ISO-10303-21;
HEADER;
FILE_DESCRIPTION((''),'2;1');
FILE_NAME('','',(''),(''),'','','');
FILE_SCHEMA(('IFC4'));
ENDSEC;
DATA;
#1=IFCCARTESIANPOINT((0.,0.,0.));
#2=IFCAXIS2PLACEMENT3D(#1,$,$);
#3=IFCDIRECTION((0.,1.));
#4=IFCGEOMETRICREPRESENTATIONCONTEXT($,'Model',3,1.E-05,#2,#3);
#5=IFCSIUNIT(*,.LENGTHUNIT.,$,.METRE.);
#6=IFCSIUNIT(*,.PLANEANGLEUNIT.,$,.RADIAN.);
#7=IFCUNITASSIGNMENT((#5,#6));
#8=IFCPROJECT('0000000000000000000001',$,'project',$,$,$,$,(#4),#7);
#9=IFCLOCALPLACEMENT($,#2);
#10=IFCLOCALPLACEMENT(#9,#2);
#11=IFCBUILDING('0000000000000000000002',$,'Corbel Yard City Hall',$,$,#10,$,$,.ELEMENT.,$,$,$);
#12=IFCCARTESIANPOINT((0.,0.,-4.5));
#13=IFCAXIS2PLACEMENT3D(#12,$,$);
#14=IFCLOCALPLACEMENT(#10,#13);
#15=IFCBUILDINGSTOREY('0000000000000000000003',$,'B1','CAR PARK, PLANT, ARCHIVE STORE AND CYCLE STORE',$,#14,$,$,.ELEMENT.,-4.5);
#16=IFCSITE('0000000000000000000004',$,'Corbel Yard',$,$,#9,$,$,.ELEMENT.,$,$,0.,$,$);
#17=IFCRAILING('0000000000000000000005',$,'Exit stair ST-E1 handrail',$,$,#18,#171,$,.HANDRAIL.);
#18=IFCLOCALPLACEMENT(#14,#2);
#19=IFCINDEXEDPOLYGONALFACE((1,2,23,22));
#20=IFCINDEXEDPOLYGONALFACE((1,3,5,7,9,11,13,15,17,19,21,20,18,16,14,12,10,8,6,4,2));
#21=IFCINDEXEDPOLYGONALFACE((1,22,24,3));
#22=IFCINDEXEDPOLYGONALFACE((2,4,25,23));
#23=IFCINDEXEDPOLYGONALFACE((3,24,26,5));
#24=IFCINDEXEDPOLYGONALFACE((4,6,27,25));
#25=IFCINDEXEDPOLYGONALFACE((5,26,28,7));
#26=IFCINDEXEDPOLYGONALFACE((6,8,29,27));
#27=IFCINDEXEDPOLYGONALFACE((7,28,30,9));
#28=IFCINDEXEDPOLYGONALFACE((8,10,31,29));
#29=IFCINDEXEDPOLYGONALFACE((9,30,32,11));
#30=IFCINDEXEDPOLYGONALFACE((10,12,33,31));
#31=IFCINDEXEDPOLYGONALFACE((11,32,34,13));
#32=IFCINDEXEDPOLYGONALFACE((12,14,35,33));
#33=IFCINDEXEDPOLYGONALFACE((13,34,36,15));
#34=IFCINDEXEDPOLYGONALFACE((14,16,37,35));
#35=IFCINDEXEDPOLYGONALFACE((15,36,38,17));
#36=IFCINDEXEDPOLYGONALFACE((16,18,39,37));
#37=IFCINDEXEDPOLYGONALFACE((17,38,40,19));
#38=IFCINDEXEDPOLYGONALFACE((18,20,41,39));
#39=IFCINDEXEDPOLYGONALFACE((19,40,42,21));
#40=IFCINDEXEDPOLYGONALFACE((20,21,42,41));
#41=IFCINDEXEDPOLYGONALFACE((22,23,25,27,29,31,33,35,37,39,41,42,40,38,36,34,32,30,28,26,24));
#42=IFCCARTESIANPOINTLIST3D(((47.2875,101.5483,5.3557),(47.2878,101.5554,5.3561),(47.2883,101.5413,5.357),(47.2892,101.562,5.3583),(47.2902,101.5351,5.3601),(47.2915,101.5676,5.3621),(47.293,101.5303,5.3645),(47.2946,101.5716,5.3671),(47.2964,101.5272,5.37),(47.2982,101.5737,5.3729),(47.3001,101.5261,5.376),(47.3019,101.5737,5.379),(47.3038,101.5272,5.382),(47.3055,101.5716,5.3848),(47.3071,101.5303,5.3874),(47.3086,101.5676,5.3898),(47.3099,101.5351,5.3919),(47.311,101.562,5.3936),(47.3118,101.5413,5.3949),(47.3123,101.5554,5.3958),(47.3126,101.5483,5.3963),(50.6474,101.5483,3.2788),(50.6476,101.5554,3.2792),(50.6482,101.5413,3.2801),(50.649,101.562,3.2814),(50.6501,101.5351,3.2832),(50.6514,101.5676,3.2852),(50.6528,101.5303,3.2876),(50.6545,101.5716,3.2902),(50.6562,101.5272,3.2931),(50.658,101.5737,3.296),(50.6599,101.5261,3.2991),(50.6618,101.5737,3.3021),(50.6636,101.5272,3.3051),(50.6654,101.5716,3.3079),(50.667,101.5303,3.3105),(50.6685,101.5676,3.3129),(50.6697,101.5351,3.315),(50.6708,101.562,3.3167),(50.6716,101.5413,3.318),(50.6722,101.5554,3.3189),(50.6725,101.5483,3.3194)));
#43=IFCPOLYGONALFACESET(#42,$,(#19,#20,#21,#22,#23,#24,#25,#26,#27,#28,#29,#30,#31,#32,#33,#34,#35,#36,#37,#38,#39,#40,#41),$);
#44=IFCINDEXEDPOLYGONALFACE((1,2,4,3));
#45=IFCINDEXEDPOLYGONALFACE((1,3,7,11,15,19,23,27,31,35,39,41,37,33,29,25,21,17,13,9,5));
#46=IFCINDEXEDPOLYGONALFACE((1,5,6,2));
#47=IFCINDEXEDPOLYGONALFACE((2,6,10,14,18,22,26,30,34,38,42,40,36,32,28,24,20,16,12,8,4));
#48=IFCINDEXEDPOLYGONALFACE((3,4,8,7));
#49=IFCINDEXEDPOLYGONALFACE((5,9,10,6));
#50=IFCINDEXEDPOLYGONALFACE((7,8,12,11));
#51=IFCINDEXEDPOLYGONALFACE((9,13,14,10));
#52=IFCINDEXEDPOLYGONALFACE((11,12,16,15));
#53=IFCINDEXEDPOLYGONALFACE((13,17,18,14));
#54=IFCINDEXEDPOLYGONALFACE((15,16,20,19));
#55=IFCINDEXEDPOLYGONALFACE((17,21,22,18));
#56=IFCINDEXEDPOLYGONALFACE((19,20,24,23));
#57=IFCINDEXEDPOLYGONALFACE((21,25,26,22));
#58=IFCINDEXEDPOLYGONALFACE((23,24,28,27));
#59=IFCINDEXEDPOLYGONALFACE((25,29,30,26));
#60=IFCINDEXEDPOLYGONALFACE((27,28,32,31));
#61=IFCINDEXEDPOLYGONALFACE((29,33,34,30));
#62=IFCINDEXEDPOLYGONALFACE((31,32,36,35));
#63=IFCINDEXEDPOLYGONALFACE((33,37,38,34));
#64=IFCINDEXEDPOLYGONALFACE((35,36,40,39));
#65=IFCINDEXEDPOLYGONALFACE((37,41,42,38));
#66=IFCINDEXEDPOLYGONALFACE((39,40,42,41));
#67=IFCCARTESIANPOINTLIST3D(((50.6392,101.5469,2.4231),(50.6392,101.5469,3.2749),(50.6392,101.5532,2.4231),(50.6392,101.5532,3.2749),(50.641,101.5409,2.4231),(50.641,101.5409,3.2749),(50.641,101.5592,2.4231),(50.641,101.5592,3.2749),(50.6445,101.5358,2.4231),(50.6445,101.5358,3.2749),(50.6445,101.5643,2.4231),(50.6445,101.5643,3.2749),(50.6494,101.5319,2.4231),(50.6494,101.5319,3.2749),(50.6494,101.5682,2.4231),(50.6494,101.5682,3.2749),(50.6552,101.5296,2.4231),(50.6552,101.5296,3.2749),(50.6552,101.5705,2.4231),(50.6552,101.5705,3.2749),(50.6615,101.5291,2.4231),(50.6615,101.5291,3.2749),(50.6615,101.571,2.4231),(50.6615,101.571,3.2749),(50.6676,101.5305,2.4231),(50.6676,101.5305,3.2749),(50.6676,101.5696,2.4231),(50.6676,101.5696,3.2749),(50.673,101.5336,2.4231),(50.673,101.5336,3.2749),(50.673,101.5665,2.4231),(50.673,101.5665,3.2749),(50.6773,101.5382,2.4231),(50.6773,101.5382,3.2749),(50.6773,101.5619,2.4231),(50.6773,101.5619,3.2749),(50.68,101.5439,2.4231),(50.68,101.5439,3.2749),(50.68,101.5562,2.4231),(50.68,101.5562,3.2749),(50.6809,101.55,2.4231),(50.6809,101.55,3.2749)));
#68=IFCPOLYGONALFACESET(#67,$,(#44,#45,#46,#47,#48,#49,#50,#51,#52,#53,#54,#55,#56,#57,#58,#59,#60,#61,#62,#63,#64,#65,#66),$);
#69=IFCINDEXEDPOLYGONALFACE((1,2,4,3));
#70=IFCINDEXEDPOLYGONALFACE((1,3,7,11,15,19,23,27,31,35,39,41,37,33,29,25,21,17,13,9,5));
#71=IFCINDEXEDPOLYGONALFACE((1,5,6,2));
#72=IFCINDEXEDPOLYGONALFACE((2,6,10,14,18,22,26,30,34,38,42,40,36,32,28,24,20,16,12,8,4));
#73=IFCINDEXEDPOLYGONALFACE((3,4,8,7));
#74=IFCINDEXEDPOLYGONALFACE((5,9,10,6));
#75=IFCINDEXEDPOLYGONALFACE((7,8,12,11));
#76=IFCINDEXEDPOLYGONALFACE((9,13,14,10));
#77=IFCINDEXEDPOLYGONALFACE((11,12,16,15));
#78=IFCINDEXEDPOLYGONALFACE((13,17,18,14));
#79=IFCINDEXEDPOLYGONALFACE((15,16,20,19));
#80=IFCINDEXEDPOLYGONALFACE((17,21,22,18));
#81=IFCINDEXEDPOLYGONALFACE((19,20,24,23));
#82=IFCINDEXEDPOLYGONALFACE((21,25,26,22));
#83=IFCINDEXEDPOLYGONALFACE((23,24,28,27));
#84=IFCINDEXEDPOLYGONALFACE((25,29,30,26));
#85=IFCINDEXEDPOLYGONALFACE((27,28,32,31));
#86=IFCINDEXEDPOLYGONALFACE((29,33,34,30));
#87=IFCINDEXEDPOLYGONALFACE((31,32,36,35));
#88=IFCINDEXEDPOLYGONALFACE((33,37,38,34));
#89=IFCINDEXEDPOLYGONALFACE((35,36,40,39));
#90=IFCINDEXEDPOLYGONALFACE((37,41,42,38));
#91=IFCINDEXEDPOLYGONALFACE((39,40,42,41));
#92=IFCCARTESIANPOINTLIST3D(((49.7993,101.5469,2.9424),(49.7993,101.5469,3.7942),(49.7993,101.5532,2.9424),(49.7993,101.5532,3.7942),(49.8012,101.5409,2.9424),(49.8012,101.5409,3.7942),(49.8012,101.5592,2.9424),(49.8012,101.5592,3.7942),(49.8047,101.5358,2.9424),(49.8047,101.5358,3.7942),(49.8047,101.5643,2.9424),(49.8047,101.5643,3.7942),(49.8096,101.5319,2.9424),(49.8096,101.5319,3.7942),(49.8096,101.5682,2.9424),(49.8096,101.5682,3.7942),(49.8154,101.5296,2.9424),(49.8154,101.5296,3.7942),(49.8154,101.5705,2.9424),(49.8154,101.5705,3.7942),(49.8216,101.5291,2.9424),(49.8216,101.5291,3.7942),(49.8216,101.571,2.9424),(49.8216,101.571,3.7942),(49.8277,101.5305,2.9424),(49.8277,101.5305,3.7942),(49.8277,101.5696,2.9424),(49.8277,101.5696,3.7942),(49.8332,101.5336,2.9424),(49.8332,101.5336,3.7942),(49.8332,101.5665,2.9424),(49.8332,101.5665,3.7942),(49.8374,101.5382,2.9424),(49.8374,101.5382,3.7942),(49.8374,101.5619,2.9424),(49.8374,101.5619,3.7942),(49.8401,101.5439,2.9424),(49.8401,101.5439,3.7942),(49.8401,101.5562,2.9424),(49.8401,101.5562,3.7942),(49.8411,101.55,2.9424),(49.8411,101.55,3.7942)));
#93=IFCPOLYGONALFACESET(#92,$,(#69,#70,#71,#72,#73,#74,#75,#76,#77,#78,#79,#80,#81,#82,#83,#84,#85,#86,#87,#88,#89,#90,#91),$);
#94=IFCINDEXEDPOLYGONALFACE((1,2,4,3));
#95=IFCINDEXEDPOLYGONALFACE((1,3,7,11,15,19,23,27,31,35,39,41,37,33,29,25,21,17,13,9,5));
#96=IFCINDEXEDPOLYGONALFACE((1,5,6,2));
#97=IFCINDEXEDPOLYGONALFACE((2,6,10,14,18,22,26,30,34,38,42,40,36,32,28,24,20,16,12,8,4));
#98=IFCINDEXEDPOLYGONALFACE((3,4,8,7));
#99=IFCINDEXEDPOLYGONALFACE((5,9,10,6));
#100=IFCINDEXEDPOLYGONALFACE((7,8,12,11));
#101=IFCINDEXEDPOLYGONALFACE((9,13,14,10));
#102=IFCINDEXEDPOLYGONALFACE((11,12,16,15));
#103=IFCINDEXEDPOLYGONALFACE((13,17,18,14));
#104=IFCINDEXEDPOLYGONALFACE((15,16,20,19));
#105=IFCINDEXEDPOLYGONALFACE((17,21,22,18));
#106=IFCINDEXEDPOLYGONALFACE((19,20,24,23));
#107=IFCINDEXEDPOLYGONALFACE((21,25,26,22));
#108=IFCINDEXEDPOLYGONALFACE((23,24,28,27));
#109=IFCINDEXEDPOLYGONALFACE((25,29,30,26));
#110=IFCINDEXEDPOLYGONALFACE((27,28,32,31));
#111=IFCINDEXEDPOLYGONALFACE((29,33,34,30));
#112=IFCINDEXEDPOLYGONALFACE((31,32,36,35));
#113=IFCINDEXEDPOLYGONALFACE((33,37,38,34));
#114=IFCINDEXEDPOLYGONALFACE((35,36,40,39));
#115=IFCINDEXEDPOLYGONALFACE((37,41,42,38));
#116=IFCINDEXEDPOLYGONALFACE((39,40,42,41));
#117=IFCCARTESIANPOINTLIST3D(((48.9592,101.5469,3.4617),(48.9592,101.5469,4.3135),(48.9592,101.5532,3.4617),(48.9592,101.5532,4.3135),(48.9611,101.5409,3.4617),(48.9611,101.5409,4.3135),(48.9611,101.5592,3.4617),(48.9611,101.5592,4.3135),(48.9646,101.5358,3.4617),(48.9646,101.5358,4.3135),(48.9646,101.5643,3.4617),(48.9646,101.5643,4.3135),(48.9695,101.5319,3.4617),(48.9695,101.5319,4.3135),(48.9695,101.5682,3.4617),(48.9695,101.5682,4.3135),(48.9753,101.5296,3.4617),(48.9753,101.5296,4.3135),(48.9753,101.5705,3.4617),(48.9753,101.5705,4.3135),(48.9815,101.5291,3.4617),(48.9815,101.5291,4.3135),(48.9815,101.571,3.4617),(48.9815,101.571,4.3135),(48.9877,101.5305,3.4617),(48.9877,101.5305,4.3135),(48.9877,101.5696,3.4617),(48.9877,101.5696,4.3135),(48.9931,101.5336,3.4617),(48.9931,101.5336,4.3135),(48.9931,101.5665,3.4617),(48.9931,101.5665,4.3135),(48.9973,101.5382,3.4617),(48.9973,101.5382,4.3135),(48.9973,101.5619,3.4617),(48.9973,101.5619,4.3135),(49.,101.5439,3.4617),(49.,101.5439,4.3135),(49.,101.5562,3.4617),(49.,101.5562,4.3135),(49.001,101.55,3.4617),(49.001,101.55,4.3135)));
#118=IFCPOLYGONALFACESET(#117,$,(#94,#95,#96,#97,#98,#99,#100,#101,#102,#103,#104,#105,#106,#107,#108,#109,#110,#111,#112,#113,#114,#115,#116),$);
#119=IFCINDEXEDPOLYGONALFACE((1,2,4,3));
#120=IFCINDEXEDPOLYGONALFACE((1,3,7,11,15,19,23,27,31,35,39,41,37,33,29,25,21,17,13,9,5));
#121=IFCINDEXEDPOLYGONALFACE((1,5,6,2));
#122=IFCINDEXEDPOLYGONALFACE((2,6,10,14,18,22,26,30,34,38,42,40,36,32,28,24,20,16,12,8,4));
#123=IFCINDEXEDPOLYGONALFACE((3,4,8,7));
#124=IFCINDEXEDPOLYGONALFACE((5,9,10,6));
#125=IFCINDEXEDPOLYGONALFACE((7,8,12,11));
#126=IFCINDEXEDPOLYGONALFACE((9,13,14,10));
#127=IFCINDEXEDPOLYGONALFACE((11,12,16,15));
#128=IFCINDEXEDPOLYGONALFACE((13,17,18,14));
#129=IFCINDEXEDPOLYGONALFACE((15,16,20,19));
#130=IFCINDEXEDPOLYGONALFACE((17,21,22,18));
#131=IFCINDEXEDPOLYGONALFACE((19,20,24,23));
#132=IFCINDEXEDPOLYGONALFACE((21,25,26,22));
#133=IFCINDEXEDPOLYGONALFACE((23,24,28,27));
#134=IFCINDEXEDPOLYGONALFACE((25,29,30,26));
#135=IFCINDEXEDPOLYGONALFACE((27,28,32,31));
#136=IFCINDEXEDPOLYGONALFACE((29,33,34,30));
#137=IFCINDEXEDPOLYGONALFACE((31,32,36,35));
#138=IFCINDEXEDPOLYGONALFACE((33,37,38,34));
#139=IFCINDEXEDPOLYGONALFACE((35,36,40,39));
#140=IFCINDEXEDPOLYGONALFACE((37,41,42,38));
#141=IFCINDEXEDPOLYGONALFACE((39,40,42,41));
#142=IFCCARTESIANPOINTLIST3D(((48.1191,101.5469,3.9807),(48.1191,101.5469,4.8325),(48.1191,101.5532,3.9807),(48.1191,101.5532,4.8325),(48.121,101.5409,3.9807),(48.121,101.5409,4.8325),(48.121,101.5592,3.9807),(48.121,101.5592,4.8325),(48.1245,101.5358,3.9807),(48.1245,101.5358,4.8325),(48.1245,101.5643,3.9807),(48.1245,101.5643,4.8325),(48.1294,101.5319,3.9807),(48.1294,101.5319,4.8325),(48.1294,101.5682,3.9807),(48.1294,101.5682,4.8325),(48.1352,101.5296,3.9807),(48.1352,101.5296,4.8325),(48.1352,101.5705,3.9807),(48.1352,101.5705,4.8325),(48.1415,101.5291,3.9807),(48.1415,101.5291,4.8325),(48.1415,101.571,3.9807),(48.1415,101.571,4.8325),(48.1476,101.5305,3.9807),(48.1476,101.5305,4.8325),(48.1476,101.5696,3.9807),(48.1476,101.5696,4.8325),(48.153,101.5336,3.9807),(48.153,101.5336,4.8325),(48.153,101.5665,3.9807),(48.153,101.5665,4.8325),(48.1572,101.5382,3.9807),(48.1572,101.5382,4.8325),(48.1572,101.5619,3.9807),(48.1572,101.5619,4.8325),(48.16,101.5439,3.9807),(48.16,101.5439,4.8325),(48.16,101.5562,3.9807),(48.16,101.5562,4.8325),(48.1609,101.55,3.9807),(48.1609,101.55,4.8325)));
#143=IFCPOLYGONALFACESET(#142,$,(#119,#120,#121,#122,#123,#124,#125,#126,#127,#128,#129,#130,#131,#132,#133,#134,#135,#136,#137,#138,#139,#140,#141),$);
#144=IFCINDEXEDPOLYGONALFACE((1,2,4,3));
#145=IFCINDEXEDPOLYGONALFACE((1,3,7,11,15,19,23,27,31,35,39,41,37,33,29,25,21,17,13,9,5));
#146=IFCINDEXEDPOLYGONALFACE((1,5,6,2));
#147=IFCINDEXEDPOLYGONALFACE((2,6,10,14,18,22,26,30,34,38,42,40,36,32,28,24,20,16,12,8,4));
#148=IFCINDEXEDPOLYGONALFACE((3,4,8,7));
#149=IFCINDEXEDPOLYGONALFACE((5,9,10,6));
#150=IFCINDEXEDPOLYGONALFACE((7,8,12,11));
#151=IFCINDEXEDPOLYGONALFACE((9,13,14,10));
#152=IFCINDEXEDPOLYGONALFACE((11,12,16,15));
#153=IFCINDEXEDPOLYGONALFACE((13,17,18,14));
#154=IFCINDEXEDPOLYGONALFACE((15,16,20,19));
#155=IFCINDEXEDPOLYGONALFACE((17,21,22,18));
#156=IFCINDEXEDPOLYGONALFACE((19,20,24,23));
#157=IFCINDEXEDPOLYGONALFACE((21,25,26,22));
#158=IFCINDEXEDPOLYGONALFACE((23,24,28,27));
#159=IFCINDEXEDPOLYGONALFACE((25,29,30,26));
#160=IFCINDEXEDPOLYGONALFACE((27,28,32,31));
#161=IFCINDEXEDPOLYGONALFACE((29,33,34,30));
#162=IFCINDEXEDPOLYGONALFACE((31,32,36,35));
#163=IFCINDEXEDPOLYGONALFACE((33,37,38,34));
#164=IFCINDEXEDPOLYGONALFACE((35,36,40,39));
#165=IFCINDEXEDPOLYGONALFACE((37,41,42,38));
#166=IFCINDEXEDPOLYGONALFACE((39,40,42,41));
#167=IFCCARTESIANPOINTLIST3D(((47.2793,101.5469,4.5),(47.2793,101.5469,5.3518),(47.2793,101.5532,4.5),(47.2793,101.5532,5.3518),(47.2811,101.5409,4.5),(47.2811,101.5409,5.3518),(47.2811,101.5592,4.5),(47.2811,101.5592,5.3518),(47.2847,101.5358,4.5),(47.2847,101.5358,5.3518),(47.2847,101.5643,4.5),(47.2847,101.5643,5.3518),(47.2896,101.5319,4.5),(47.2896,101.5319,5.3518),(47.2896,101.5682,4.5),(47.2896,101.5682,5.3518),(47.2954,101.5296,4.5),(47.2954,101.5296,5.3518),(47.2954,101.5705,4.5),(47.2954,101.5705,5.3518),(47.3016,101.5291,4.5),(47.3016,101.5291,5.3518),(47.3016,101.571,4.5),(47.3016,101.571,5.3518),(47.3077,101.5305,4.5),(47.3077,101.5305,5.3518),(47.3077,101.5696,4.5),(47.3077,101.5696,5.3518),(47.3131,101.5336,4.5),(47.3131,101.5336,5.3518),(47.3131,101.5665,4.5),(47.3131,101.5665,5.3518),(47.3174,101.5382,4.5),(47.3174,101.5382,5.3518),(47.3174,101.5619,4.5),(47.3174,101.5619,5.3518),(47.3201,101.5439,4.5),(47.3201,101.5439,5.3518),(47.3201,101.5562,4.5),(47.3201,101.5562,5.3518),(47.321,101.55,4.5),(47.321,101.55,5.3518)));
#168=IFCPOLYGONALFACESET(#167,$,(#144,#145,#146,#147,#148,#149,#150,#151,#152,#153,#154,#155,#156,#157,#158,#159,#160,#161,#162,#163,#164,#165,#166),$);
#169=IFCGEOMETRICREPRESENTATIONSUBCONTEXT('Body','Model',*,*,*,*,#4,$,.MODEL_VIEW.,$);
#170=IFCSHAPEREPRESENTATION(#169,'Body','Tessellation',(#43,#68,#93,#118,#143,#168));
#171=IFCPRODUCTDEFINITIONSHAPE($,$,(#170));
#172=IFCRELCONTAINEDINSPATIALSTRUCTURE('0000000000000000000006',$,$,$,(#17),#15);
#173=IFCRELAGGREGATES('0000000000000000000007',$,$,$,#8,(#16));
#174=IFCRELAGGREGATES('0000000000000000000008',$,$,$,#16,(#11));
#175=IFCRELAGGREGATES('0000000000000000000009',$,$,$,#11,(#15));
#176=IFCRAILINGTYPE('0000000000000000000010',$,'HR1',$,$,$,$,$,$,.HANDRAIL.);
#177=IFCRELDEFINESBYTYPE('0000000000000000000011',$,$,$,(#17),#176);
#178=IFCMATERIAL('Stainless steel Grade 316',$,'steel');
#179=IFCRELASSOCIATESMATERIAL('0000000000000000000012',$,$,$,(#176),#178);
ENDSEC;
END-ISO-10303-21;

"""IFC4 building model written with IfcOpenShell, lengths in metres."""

from ifc_helpers import new_model, si_unit, direction, frame, origin, origin_2d, place, context, subcontext, project, spatial, circle, extrude, material, type_object, element, save


model = new_model("IFC4")

# Units and contexts
model_context = context("Model", 3, precision=1e-05, world=origin(), true_north=direction((0.0, 1.0)))
body_context = subcontext(model_context, "Body", "Model", "MODEL_VIEW")
ifc_project = project(units=[si_unit("LENGTHUNIT", "METRE"), si_unit("PLANEANGLEUNIT", "RADIAN")], contexts=[model_context])

# Site, building, storey
site_placement = place(None, origin())
site = spatial("IfcSite", under=ifc_project, at=site_placement, Name="Corbel Yard", CompositionType="ELEMENT", RefElevation=0.0)
building_placement = place(site_placement, origin())
building = spatial("IfcBuilding", under=site, at=building_placement, Name="Corbel Yard City Hall", CompositionType="ELEMENT")
storey_placement = place(building_placement, frame((0.0, 0.0, -4.5)))
storey = spatial("IfcBuildingStorey", under=building, at=storey_placement, Name="B1", Description="CAR PARK, PLANT, ARCHIVE STORE AND CYCLE STORE", CompositionType="ELEMENT", Elevation=-4.5)

# Railing
ifc_material_1 = material(Name="Stainless steel Grade 316", Category="steel")
railing_type = type_object("IfcRailingType", Name="HR1", PredefinedType="HANDRAIL", material=ifc_material_1)
for number, where, name in (
    (1, (50.6599, 101.55, 2.4231), "Exit stair ST-E1 handrail"),
):
    element("IfcRailing", number, at=place(storey_placement, frame(where)), inside=storey, type_object=railing_type, Name=name, PredefinedType="HANDRAIL", context=body_context, shape_type="SweptSolid", body=[
        extrude(circle(Radius=0.0239, at=origin_2d()), frame((0.0, 0.0, 0.876), z_axis=(-0.850606, 0.0, 0.525803), x_axis=(0.0, -1.0, 0.0)), (0.0, 0.0, 1.0), 3.95),
        extrude(circle(Radius=0.021, at=origin_2d()), origin(), (0.0, 0.0, 1.0), 0.8518),
        extrude(circle(Radius=0.021, at=origin_2d()), frame((-0.8398, 0.0, 0.5193)), (0.0, 0.0, 1.0), 0.8518),
        extrude(circle(Radius=0.021, at=origin_2d()), frame((-1.6799, 0.0, 1.0386)), (0.0, 0.0, 1.0), 0.8518),
        extrude(circle(Radius=0.021, at=origin_2d()), frame((-2.52, 0.0, 1.5576)), (0.0, 0.0, 1.0), 0.8518),
        extrude(circle(Radius=0.021, at=origin_2d()), frame((-3.3599, 0.0, 2.0769)), (0.0, 0.0, 1.0), 0.8518),
    ])

save(model, "model.ifc")
